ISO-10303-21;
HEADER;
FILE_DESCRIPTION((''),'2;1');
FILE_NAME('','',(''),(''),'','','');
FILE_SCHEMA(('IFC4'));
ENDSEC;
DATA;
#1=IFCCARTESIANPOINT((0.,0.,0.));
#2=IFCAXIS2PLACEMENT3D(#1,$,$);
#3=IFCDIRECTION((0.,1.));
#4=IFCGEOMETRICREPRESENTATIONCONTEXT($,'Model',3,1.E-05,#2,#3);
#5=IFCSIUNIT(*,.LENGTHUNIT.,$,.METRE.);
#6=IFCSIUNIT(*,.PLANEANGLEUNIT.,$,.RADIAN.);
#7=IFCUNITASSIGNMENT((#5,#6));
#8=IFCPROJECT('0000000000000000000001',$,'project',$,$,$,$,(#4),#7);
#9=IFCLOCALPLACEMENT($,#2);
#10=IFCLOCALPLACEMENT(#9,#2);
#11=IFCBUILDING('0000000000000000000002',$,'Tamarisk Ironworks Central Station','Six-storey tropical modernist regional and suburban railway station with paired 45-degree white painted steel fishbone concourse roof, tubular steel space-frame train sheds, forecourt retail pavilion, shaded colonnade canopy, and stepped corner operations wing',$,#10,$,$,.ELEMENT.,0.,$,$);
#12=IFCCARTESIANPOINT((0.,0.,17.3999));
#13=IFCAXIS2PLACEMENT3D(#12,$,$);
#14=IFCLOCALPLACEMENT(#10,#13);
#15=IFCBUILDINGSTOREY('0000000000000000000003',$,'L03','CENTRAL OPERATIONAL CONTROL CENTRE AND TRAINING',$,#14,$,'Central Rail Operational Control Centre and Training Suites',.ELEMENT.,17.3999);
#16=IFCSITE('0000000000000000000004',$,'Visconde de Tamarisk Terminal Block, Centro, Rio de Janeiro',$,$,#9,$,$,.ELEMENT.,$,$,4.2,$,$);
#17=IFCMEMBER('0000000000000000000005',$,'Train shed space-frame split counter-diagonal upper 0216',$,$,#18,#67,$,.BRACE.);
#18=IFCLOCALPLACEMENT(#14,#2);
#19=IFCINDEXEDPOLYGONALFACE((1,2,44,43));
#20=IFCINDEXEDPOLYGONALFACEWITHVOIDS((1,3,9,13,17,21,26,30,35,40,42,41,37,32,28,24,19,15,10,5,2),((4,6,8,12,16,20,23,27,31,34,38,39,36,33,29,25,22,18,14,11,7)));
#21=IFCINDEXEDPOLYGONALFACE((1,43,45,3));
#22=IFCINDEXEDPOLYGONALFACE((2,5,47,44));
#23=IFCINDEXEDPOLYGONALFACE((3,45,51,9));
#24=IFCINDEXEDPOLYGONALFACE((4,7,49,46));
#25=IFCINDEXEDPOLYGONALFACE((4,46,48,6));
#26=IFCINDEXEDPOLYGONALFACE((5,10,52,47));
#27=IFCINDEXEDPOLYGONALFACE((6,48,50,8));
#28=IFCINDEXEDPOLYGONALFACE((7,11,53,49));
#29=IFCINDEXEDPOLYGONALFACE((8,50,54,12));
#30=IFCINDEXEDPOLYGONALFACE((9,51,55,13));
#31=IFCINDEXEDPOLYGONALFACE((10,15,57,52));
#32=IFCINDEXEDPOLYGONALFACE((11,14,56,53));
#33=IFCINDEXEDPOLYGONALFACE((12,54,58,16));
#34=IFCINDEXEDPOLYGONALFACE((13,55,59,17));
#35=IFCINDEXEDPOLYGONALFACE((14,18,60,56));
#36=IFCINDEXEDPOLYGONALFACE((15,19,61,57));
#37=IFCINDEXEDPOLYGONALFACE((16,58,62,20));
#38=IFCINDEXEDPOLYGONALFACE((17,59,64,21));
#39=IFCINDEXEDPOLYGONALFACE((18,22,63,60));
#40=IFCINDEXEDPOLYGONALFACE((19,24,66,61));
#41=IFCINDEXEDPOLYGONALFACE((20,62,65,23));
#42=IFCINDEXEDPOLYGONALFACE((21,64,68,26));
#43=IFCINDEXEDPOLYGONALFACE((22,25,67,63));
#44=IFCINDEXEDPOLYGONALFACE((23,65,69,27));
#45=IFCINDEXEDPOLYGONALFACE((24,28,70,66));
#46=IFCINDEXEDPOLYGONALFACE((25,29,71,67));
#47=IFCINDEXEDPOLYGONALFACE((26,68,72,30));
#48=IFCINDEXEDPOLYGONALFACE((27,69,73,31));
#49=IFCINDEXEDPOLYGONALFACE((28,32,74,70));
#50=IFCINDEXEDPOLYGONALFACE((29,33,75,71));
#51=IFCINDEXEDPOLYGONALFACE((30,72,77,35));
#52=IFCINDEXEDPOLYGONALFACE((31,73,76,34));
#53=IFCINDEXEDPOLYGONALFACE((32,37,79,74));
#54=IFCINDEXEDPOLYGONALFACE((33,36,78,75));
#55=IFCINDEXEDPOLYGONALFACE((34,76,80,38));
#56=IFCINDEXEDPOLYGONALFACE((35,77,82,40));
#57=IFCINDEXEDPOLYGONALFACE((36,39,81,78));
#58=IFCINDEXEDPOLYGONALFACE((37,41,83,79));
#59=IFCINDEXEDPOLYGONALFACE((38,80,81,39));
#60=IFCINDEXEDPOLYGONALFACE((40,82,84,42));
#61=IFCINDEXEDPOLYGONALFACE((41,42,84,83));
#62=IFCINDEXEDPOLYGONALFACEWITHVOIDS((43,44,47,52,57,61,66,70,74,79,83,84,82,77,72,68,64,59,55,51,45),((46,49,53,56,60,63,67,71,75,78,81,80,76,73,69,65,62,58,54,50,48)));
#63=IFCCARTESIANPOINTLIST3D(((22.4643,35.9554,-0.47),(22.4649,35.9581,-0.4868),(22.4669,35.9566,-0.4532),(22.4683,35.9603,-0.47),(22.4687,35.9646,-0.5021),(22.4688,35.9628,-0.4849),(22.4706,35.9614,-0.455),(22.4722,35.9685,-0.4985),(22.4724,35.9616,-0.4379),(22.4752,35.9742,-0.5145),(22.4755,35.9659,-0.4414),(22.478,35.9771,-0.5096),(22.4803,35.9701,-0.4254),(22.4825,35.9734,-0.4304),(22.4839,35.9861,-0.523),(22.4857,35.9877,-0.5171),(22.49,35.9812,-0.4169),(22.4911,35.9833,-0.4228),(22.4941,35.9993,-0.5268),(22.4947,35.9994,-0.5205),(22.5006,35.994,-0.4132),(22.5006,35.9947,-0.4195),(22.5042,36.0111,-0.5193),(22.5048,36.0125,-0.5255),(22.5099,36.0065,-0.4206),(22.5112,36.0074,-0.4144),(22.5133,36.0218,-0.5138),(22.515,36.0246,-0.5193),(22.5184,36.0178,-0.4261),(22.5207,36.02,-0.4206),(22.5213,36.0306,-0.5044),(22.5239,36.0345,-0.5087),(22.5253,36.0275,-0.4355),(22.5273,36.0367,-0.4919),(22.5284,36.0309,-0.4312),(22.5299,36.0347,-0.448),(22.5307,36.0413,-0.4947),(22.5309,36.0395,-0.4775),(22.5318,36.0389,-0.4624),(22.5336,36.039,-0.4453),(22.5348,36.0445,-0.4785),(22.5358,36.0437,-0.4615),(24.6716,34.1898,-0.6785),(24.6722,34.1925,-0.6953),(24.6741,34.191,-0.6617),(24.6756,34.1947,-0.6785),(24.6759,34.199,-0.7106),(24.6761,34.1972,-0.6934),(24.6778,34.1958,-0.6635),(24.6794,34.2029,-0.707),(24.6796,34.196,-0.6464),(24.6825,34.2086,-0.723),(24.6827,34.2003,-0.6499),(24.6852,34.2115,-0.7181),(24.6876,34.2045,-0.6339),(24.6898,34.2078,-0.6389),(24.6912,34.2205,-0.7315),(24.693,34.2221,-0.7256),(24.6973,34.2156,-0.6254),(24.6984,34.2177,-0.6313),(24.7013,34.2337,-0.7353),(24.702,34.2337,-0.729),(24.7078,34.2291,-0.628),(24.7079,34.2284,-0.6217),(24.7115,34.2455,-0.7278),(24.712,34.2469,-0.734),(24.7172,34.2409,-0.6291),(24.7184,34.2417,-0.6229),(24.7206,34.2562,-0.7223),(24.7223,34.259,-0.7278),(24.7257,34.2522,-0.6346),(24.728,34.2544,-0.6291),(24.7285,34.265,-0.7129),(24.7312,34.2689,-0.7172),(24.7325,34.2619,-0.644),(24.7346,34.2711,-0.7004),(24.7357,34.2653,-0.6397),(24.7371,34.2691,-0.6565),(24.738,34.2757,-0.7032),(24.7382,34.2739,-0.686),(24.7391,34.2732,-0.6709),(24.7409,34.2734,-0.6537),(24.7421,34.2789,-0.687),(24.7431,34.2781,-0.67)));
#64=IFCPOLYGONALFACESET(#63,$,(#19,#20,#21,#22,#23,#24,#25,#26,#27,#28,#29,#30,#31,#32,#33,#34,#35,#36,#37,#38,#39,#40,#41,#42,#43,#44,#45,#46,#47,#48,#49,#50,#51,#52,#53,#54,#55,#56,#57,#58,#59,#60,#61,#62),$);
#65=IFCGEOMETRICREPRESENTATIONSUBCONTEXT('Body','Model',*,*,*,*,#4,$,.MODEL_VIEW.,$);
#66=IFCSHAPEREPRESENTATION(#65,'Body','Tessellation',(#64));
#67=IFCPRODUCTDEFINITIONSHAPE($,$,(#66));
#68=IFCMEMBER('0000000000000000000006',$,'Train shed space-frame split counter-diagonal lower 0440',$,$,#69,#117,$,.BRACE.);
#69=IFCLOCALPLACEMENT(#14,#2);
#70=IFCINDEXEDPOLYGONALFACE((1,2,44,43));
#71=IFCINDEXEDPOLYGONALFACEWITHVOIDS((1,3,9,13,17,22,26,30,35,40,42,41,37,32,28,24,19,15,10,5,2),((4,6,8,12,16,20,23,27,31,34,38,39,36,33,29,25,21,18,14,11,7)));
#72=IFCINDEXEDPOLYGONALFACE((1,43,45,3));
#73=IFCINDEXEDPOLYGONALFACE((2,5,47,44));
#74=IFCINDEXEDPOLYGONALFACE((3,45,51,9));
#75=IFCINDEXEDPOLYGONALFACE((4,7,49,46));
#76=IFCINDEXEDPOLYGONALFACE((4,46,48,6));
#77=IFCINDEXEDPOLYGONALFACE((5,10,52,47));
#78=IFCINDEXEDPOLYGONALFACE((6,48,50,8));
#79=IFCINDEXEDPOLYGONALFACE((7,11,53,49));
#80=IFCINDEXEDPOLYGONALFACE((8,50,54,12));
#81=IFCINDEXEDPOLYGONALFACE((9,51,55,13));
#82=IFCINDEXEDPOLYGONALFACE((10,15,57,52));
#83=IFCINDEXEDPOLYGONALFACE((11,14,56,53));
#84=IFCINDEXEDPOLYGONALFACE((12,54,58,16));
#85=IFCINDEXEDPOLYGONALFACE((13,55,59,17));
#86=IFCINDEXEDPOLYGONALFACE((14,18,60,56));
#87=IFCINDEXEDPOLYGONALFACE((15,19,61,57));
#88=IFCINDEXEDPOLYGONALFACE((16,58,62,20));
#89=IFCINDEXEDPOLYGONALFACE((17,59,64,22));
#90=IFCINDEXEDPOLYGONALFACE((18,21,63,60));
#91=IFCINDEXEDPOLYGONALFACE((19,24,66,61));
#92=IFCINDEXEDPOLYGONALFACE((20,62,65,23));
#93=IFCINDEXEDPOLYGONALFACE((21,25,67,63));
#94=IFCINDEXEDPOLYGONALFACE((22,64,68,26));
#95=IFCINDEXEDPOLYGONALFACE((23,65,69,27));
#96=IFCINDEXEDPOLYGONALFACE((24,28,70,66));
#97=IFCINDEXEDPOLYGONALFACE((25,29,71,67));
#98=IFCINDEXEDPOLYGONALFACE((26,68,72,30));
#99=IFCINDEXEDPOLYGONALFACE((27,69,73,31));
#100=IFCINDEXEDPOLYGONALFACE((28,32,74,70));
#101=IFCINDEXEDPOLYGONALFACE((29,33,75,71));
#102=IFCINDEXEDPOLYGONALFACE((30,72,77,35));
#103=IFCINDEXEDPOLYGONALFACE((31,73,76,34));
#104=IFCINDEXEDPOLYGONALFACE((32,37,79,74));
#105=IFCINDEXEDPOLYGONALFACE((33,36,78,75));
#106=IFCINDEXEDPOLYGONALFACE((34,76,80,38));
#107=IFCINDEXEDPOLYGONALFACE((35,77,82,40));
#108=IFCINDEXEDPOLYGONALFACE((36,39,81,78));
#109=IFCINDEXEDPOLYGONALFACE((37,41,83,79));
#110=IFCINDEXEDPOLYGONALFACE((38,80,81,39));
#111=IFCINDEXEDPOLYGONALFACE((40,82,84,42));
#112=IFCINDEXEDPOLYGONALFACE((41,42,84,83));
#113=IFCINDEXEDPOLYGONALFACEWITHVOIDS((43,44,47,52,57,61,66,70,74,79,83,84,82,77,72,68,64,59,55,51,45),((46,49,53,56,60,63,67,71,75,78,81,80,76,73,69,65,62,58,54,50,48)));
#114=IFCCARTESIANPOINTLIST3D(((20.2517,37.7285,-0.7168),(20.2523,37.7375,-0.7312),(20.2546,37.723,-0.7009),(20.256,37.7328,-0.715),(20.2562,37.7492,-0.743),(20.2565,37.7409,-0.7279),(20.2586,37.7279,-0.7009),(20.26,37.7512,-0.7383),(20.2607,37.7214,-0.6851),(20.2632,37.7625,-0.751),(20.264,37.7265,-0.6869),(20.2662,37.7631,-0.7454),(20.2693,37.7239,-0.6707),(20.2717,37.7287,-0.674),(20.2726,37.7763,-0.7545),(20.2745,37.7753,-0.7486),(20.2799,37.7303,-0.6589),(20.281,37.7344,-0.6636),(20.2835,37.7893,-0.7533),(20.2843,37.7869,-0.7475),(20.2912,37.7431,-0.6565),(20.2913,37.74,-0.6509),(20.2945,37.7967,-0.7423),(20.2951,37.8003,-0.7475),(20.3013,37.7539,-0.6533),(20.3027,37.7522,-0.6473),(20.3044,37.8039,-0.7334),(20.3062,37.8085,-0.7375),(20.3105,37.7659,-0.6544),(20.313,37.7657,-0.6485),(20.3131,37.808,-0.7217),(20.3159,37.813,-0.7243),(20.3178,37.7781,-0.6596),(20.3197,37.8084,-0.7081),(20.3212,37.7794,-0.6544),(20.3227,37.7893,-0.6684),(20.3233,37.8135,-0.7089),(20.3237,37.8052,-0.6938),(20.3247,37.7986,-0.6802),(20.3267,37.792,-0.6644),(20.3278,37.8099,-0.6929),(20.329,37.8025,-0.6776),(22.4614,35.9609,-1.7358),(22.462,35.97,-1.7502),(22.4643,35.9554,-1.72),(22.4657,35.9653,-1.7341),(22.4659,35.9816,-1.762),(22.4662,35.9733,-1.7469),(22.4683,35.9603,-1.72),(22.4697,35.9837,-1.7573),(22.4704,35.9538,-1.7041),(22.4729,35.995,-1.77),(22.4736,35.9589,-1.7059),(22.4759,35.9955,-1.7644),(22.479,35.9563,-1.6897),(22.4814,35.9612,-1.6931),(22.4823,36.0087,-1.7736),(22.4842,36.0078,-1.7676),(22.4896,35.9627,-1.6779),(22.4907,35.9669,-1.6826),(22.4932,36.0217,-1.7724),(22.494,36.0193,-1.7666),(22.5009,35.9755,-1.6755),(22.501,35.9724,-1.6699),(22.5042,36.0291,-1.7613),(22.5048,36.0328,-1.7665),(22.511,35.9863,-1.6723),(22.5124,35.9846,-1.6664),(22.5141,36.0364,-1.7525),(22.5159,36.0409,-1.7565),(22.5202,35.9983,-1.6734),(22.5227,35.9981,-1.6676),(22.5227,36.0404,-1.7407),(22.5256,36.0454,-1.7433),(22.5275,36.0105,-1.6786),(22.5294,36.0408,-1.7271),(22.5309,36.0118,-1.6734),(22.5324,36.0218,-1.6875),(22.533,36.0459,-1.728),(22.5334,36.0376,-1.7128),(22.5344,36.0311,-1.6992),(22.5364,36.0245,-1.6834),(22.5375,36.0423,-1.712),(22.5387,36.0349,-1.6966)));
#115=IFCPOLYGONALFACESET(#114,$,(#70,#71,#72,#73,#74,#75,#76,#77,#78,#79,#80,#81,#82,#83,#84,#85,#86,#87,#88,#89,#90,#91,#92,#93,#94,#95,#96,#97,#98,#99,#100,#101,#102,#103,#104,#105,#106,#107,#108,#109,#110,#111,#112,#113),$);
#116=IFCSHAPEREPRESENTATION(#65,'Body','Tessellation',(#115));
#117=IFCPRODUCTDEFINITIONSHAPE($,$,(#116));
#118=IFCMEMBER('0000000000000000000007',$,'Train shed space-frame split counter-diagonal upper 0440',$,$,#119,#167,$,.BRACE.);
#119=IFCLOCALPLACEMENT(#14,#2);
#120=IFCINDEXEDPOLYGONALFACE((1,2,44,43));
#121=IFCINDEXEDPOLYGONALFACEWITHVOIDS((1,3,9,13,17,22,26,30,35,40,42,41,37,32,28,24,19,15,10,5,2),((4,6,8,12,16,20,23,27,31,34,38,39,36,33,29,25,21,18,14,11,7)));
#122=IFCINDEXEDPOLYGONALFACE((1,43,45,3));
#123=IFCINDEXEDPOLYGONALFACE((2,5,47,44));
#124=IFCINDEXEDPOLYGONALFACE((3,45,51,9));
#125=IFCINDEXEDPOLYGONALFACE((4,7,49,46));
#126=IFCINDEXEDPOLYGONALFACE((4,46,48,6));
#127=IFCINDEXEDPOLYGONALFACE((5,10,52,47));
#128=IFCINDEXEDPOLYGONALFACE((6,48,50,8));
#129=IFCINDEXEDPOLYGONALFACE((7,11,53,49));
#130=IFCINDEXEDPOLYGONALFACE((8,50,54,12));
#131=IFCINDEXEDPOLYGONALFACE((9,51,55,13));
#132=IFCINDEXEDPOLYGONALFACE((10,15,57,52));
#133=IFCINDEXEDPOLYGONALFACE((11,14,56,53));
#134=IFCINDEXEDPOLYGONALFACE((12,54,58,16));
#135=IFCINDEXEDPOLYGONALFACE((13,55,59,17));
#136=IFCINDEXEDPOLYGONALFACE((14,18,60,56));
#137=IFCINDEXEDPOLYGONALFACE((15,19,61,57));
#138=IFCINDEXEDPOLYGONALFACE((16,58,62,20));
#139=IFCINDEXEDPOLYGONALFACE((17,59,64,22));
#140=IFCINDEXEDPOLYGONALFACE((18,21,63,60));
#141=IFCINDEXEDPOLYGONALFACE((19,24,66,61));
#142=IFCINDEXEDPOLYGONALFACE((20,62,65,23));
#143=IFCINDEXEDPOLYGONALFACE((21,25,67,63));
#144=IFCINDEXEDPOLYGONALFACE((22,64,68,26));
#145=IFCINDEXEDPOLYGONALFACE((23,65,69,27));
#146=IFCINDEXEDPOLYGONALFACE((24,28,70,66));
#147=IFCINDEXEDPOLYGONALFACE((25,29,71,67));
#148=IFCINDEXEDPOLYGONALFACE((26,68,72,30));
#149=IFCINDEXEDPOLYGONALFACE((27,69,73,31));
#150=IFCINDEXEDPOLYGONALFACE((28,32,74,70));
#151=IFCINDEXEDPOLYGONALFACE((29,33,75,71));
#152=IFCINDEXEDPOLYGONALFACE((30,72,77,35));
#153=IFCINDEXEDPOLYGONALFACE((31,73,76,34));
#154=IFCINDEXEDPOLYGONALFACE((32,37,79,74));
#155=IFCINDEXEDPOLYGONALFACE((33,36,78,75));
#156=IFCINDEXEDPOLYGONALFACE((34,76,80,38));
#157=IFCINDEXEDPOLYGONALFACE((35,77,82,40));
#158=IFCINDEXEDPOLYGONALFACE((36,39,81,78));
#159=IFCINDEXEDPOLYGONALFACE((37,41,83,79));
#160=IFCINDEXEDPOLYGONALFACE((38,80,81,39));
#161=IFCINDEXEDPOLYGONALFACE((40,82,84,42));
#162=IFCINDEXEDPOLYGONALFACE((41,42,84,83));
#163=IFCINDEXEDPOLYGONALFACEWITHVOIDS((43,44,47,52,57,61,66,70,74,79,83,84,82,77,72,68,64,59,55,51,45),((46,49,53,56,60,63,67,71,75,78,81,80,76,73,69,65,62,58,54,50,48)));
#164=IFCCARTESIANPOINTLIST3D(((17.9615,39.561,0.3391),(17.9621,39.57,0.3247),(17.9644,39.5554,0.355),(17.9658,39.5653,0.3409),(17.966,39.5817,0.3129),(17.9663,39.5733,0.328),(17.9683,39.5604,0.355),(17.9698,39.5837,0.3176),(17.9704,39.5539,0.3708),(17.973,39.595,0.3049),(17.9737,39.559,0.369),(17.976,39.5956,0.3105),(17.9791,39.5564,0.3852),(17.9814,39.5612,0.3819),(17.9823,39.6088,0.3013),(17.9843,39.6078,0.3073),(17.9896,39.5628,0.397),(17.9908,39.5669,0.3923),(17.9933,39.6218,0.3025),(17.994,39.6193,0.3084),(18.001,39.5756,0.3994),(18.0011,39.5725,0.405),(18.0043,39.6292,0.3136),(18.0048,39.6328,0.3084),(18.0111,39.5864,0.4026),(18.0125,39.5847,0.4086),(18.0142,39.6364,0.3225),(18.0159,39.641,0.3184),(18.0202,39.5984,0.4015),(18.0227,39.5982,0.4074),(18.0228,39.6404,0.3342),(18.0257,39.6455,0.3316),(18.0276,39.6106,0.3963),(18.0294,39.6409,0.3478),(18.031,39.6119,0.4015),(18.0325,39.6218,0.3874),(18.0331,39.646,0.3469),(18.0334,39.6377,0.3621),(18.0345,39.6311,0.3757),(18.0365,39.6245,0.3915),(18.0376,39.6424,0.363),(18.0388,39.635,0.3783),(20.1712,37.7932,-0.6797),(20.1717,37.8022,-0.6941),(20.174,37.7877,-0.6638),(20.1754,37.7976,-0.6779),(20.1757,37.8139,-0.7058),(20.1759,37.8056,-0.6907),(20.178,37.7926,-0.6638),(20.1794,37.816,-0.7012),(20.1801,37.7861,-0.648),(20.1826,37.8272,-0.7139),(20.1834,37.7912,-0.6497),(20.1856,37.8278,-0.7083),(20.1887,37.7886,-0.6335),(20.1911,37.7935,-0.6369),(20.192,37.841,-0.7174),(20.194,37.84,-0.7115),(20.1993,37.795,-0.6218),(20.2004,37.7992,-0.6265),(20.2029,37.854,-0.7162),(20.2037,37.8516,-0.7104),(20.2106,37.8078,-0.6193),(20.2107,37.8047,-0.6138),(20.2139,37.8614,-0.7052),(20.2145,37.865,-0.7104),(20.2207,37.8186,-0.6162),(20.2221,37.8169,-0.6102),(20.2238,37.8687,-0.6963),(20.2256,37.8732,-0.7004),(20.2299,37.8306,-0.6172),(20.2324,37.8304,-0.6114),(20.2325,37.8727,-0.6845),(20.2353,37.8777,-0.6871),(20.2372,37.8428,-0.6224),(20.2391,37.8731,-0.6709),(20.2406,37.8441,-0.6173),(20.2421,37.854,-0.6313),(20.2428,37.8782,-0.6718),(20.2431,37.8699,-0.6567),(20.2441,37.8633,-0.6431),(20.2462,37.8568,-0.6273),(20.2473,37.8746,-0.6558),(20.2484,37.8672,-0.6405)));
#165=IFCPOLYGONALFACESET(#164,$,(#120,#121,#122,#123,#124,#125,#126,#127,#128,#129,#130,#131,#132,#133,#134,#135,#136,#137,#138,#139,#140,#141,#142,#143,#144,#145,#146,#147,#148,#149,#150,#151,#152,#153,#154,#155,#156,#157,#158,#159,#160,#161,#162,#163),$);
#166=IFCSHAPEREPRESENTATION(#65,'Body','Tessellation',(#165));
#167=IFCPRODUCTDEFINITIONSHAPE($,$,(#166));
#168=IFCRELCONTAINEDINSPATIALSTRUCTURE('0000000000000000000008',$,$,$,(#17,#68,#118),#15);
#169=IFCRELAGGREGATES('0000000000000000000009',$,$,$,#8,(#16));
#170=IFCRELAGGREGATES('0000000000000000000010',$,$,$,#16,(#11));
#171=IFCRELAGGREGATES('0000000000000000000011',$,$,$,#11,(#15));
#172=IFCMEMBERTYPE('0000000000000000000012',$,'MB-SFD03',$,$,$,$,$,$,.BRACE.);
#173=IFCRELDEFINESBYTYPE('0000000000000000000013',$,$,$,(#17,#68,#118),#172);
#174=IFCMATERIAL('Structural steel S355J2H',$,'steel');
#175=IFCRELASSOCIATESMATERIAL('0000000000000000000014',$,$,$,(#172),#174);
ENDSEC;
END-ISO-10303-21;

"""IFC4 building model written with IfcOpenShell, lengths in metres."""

from ifc_helpers import new_model, si_unit, direction, frame, origin, origin_2d, place, context, subcontext, project, spatial, hollow_circle, extrude, material, material_profile, profile_set, type_object, element, save


model = new_model("IFC4")

# Units and contexts
model_context = context("Model", 3, precision=1e-05, world=origin(), true_north=direction((0.0, 1.0)))
body_context = subcontext(model_context, "Body", "Model", "MODEL_VIEW")
ifc_project = project(units=[si_unit("LENGTHUNIT", "METRE"), si_unit("PLANEANGLEUNIT", "RADIAN")], contexts=[model_context])

# Site, building, storey
site_placement = place(None, origin())
site = spatial("IfcSite", under=ifc_project, at=site_placement, Name="Visconde de Tamarisk Terminal Block, Centro, Rio de Janeiro", CompositionType="ELEMENT", RefElevation=4.2)
building_placement = place(site_placement, origin())
building = spatial("IfcBuilding", under=site, at=building_placement, Name="Tamarisk Ironworks Central Station", Description="Six-storey tropical modernist regional and suburban railway station with paired 45-degree white painted steel fishbone concourse roof, tubular steel space-frame train sheds, forecourt retail pavilion, shaded colonnade canopy, and stepped corner operations wing", CompositionType="ELEMENT", ElevationOfRefHeight=0.0)
storey_placement = place(building_placement, frame((0.0, 0.0, 17.3999)))
storey = spatial("IfcBuildingStorey", under=building, at=storey_placement, Name="L03", Description="CENTRAL OPERATIONAL CONTROL CENTRE AND TRAINING", LongName="Central Rail Operational Control Centre and Training Suites", CompositionType="ELEMENT", Elevation=17.3999)

# Members
ifc_material_1 = material(Name="Structural steel S355J2H", Category="steel")
ifc_material_profile_1 = material_profile(ifc_material_1, hollow_circle(Radius=0.0571, WallThickness=0.0063, at=origin_2d()), Name="CHS 114.3x6.3")
ifc_profile_set_1 = profile_set([ifc_material_profile_1], Name="Structural steel S355J2H")
member_type_1 = type_object("IfcMemberType", Name="MB-SFD03", PredefinedType="BRACE", material=ifc_profile_set_1)
for number, where, z_axis, x_axis, name in (
    (1, (24.7073, 34.2344, -0.6785), (-0.778787, 0.62296, 0.073563), (-0.624653, -0.780903, 0.0), "Train shed space-frame split counter-diagonal upper 0216"),
):
    element("IfcMember", number, at=place(storey_placement, frame(where, z_axis=z_axis, x_axis=x_axis)), inside=storey, type_object=member_type_1, Name=name, PredefinedType="BRACE", context=body_context, shape_type="SweptSolid", body=[
        extrude(hollow_circle(Radius=0.0571, WallThickness=0.0063, at=origin_2d()), origin(), (0.0, 0.0, 1.0), 2.8342),
    ])
for number, where, z_axis, x_axis, name in (
    (2, (22.5, 36.0, -1.72), (-0.734712, 0.587705, 0.338823), (-0.624653, -0.780902, 0.0), "Train shed space-frame split counter-diagonal lower 0440"),
    (3, (20.2097, 37.8323, -0.6638), (-0.734697, 0.587774, 0.338735), (-0.624706, -0.78086, 0.0), "Train shed space-frame split counter-diagonal upper 0440"),
):
    element("IfcMember", number, at=place(storey_placement, frame(where, z_axis=z_axis, x_axis=x_axis)), inside=storey, type_object=member_type_1, Name=name, PredefinedType="BRACE", context=body_context, shape_type="SweptSolid", body=[
        extrude(hollow_circle(Radius=0.0571, WallThickness=0.0063, at=origin_2d()), origin(), (0.0, 0.0, 1.0), 3.0076),
    ])

save(model, "model.ifc")
